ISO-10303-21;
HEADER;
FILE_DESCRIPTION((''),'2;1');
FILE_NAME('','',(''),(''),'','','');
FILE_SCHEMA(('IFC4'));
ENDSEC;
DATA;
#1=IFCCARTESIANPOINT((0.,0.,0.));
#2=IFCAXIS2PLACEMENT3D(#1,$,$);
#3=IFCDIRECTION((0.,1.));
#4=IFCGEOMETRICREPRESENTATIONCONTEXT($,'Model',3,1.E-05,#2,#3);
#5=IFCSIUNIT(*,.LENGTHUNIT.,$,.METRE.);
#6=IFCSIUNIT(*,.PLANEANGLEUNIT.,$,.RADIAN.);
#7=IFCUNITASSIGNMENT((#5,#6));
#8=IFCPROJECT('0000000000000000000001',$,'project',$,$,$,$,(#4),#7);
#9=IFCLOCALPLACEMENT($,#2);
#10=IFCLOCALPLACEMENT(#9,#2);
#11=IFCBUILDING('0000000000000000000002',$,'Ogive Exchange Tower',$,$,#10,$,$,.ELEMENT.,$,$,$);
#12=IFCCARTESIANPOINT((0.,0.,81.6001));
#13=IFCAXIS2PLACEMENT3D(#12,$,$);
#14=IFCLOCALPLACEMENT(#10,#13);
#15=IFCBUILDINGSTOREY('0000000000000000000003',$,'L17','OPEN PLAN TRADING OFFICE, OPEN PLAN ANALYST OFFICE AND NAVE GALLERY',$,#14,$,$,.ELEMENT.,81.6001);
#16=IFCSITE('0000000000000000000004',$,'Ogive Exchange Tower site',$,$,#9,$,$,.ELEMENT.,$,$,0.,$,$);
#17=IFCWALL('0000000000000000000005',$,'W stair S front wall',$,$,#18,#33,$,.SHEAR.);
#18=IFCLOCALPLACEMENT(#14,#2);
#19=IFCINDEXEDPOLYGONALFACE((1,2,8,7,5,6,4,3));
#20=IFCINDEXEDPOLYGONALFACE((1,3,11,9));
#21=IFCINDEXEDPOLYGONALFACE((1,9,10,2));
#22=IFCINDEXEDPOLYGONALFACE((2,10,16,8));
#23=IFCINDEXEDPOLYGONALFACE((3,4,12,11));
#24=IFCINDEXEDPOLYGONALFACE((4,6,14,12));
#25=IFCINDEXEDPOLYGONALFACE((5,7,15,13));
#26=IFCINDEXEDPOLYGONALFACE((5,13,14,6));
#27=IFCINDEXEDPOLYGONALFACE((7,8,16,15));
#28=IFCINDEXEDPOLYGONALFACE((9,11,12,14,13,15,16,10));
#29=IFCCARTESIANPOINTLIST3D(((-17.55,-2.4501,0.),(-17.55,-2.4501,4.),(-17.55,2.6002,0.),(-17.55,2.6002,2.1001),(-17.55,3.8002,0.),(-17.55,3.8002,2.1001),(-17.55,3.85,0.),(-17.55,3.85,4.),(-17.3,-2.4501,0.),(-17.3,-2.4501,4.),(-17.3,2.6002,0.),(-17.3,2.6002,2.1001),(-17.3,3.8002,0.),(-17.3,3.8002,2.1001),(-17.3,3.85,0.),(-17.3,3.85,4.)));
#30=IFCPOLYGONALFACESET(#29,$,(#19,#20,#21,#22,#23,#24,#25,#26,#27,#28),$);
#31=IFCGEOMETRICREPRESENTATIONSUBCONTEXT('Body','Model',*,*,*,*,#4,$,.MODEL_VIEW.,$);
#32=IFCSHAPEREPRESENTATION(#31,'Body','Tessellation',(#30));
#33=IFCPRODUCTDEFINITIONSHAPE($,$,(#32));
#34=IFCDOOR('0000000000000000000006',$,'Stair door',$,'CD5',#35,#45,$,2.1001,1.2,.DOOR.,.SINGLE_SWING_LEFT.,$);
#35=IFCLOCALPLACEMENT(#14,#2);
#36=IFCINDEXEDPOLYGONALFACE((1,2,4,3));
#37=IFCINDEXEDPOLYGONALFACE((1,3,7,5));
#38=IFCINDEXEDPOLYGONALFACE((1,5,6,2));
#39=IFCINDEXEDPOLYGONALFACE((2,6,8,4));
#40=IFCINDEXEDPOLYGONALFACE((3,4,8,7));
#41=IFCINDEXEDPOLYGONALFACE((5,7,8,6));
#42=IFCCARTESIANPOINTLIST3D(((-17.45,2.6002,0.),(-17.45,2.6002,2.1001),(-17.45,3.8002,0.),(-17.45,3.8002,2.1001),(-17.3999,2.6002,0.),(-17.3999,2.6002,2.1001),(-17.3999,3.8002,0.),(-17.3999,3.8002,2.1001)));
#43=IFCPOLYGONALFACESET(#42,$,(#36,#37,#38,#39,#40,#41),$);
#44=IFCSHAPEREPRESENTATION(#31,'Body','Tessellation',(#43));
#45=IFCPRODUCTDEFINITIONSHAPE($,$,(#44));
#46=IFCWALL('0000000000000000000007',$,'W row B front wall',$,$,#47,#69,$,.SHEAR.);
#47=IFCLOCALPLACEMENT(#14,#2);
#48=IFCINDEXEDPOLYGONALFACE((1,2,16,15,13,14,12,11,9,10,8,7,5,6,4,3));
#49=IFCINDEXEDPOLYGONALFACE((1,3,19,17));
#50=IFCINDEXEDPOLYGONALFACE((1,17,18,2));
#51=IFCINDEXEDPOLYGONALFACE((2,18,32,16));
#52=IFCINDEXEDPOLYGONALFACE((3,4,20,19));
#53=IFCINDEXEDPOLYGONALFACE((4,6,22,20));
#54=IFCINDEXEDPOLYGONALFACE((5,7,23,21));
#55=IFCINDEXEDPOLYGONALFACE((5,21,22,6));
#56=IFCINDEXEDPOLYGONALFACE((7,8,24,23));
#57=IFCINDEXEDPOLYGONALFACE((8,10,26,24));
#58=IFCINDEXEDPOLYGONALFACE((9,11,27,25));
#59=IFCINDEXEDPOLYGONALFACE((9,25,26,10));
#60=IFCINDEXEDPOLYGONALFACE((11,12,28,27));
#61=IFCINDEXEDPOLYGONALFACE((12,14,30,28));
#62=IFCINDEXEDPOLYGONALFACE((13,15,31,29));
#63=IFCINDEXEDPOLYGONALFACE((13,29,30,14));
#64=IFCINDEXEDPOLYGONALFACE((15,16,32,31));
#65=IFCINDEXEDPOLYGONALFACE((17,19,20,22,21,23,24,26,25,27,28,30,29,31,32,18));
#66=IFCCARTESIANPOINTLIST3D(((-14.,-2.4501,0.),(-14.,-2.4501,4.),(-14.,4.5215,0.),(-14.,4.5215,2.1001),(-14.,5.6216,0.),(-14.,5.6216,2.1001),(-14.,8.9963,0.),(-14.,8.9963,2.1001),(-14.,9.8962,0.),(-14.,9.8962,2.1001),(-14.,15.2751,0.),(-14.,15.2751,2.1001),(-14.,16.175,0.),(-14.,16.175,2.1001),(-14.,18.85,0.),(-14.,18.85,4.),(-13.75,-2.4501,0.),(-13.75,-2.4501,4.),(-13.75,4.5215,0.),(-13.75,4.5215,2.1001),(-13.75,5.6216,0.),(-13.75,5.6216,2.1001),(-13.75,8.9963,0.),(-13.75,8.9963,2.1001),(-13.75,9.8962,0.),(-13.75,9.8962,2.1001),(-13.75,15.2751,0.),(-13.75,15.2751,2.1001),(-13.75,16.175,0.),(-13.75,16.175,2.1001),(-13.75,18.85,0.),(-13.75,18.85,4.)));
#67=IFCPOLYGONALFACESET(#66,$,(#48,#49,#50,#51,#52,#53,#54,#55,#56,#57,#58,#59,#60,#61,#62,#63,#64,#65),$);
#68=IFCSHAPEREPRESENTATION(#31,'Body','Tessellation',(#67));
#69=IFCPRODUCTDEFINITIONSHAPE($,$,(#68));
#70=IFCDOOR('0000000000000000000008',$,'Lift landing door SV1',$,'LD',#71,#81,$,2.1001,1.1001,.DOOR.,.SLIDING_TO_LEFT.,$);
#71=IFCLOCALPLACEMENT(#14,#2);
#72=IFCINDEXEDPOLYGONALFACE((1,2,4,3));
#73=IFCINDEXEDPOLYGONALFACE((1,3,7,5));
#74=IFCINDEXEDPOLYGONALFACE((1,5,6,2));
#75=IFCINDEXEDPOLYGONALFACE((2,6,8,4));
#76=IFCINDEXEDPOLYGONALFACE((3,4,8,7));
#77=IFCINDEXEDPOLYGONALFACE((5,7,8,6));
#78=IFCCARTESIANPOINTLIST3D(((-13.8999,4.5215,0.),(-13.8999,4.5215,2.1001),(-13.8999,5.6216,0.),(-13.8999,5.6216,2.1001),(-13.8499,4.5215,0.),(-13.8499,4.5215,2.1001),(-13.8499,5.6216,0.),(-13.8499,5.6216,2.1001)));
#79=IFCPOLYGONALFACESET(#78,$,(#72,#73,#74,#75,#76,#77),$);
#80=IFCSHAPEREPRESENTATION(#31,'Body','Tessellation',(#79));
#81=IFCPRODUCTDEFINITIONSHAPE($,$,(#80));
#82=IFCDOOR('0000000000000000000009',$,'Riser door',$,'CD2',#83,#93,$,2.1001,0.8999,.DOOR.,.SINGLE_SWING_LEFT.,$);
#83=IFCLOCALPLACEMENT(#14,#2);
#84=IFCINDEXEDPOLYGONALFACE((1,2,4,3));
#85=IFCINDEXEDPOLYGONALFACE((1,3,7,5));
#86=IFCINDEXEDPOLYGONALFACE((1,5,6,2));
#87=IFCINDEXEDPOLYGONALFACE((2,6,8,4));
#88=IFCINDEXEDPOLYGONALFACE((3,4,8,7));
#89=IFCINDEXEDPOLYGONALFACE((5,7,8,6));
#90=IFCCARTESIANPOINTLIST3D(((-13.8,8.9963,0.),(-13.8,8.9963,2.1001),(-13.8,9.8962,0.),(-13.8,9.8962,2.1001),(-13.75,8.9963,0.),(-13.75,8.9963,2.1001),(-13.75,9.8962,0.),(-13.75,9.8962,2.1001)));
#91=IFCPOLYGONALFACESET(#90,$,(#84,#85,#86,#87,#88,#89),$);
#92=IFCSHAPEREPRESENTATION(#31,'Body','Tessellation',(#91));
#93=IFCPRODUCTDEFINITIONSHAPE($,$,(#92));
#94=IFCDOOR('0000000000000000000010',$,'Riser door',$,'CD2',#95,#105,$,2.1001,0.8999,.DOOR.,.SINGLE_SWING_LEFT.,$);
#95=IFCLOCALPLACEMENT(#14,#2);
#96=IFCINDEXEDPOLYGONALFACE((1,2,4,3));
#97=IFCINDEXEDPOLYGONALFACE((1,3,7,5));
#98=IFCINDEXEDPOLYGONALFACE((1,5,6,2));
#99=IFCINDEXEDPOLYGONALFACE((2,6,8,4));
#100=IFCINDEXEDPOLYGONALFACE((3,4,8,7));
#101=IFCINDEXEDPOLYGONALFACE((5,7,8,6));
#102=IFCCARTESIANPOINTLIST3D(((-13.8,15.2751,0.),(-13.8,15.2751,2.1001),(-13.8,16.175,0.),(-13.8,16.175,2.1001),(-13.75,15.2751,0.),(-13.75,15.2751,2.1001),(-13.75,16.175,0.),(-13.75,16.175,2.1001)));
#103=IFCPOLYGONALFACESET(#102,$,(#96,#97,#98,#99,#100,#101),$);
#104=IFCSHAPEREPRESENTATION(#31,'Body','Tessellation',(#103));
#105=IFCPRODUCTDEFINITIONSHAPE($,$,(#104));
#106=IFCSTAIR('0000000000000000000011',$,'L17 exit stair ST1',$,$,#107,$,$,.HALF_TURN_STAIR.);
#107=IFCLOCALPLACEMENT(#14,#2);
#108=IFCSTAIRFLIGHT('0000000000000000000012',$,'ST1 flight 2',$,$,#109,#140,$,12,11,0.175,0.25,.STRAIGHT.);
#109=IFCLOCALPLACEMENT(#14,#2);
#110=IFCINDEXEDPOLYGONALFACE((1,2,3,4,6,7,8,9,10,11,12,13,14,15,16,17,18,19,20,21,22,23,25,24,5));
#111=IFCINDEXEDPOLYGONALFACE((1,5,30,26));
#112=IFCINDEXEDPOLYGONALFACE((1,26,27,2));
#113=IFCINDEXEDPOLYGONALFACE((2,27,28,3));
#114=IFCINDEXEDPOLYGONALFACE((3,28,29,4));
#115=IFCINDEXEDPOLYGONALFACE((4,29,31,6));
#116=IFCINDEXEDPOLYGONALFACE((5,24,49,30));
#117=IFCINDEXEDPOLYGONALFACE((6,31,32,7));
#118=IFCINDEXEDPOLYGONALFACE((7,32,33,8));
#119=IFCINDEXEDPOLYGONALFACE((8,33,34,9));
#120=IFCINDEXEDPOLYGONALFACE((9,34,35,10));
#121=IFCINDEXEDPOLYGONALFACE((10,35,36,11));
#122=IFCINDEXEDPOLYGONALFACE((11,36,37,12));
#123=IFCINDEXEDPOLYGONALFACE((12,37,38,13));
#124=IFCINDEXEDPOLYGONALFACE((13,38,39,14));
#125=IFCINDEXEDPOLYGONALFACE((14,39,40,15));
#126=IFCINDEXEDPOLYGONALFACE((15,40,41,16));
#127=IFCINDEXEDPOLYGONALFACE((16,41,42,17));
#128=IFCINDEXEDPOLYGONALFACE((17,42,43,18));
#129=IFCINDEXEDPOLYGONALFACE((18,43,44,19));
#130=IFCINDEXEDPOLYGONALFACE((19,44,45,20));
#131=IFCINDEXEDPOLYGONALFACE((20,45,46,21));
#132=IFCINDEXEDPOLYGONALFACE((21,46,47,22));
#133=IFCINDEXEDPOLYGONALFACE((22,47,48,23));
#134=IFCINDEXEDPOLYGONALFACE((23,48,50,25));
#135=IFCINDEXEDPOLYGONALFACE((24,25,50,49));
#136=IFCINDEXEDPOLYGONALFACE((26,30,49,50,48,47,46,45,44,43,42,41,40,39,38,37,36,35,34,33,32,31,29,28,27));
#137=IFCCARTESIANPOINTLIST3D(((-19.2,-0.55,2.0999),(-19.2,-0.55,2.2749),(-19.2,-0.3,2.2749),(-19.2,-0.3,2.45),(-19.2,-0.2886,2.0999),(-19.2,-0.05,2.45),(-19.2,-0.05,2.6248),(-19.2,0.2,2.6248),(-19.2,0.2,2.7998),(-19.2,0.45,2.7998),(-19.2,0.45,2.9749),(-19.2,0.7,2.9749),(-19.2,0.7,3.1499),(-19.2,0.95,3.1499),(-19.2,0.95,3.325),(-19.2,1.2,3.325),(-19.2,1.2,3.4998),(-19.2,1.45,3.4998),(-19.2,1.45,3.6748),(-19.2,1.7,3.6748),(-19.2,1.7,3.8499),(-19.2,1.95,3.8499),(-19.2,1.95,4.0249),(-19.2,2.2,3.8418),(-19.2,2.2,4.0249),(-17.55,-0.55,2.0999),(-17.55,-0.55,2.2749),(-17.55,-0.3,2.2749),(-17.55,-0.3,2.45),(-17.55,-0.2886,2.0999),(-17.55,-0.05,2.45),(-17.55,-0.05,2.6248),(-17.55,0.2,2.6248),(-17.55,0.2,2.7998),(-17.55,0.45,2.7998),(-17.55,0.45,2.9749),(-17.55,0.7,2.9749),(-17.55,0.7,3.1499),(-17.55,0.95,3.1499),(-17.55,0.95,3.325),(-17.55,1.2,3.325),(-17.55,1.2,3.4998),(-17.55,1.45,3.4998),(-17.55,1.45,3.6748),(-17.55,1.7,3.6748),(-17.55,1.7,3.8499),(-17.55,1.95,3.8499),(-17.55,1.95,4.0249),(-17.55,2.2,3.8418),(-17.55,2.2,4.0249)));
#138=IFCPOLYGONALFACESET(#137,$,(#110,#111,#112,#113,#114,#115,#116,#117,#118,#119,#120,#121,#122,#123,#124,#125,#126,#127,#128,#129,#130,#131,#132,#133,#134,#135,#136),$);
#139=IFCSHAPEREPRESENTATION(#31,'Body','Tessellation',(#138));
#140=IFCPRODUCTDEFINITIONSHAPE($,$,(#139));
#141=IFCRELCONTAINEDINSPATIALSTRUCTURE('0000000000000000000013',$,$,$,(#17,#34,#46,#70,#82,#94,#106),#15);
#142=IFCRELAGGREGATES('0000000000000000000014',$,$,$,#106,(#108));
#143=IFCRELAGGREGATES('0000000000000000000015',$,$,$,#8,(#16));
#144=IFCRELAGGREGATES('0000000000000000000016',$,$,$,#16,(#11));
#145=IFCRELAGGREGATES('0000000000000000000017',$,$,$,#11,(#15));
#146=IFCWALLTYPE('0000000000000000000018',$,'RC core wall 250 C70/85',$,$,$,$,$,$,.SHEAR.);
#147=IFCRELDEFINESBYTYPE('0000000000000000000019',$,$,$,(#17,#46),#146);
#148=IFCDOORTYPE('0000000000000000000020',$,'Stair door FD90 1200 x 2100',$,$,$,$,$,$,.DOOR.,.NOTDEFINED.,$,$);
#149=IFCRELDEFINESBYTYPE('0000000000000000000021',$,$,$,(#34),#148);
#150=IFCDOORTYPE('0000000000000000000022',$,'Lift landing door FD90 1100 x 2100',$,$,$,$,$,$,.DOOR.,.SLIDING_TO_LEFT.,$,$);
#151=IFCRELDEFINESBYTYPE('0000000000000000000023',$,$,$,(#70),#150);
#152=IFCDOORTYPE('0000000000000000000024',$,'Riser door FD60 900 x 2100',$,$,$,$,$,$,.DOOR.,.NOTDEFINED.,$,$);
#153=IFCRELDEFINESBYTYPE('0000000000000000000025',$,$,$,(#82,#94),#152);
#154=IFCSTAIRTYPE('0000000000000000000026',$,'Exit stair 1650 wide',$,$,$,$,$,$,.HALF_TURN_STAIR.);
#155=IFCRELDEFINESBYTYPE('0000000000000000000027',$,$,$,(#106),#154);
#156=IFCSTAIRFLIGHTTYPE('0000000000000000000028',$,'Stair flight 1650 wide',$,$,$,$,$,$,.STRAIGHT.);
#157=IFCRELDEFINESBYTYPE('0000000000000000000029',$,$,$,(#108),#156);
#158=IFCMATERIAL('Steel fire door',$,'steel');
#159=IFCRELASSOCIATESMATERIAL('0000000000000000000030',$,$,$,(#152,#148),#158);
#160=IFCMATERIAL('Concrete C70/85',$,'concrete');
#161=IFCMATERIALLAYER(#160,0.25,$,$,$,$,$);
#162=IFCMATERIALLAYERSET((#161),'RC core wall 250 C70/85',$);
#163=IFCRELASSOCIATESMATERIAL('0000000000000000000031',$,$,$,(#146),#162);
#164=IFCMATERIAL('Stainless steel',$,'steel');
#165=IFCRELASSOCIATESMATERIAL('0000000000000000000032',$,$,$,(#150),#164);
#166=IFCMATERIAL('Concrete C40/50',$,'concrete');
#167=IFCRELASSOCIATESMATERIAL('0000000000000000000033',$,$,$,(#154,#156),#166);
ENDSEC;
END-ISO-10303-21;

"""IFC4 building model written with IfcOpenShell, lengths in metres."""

from ifc_helpers import new_model, si_unit, direction, frame, frame_2d, origin, place, context, subcontext, project, spatial, polyline, rectangle, outline, extrude, material, layer, layer_set, type_object, element, fill, aggregate, save


model = new_model("IFC4")

# Units and contexts
model_context = context("Model", 3, precision=1e-05, world=origin(), true_north=direction((0.0, 1.0)))
body_context = subcontext(model_context, "Body", "Model", "MODEL_VIEW")
ifc_project = project(units=[si_unit("LENGTHUNIT", "METRE"), si_unit("PLANEANGLEUNIT", "RADIAN")], contexts=[model_context])

# Site, building, storey
site_placement = place(None, origin())
site = spatial("IfcSite", under=ifc_project, at=site_placement, Name="Ogive Exchange Tower site", CompositionType="ELEMENT", RefElevation=0.0)
building_placement = place(site_placement, origin())
building = spatial("IfcBuilding", under=site, at=building_placement, Name="Ogive Exchange Tower", CompositionType="ELEMENT")
storey_placement = place(building_placement, frame((0.0, 0.0, 81.6001)))
storey = spatial("IfcBuildingStorey", under=building, at=storey_placement, Name="L17", Description="OPEN PLAN TRADING OFFICE, OPEN PLAN ANALYST OFFICE AND NAVE GALLERY", CompositionType="ELEMENT", Elevation=81.6001)

# Shared definitions
ifc_material_1 = material(Name="Concrete C70/85", Category="concrete")
ifc_material_2 = material(Name="Steel fire door", Category="steel")
door_type_1 = type_object("IfcDoorType", Name="Riser door FD60 900 x 2100", OperationType="NOTDEFINED", PredefinedType="DOOR", material=ifc_material_2)

# Wall, opening, door
ifc_layer_1 = layer(ifc_material_1, 0.25)
ifc_layer_set_1 = layer_set([ifc_layer_1], Name="RC core wall 250 C70/85")
wall_type_1 = type_object("IfcWallType", Name="RC core wall 250 C70/85", PredefinedType="SHEAR", material=ifc_layer_set_1)
wall_1_placement = place(storey_placement, frame((-17.425, -2.45, 0.0), z_axis=(0.0, 0.0, 1.0), x_axis=(0.0, 1.0, 0.0)))
wall_1 = element("IfcWall", 1, at=wall_1_placement, inside=storey, type_object=wall_type_1, Name="W stair S front wall", PredefinedType="SHEAR", context=body_context, shape_type="SweptSolid", body=[
    extrude(rectangle(XDim=6.3, YDim=0.25, at=frame_2d((3.1499, 0.0))), origin(), (0.0, 0.0, 1.0), 4.0),
])
opening_1_placement = place(wall_1_placement, frame((5.05, 0.0, 0.0)))
opening_1 = element("IfcOpeningElement", 2, at=opening_1_placement, cuts=wall_1, PredefinedType="OPENING", context=body_context, shape_type="SweptSolid", body=[
    extrude(rectangle(XDim=1.2, YDim=2.1001, at=frame_2d((0.6001, 1.05))), frame((0.0, 0.135, 0.0), z_axis=(0.0, -1.0, 0.0), x_axis=(1.0, 0.0, 0.0)), (0.0, 0.0, 1.0), 0.27),
])
door_type_2 = type_object("IfcDoorType", Name="Stair door FD90 1200 x 2100", OperationType="NOTDEFINED", PredefinedType="DOOR", material=ifc_material_2)
door_1_placement = place(opening_1_placement, origin())
door_1 = element("IfcDoor", 3, at=door_1_placement, inside=storey, type_object=door_type_2, Name="Stair door", ObjectType="CD5", OperationType="SINGLE_SWING_LEFT", OverallHeight=2.1001, OverallWidth=1.2, PredefinedType="DOOR", context=body_context, shape_type="SweptSolid", body=[
    extrude(rectangle(XDim=1.2, YDim=2.1001, at=frame_2d((0.6001, 1.05))), frame((0.0, 0.0249, 0.0), z_axis=(0.0, -1.0, 0.0), x_axis=(1.0, 0.0, 0.0)), (0.0, 0.0, 1.0), 0.05),
])
fill(opening_1, door_1)

# Wall, openings, doors
wall_2_placement = place(storey_placement, frame((-13.875, -2.45, 0.0), z_axis=(0.0, 0.0, 1.0), x_axis=(0.0, 1.0, 0.0)))
wall_2 = element("IfcWall", 4, at=wall_2_placement, inside=storey, type_object=wall_type_1, Name="W row B front wall", PredefinedType="SHEAR", context=body_context, shape_type="SweptSolid", body=[
    extrude(rectangle(XDim=21.3, YDim=0.25, at=frame_2d((10.6499, 0.0))), origin(), (0.0, 0.0, 1.0), 4.0),
])
opening_2_placement = place(wall_2_placement, frame((11.4463, 0.0, 0.0)))
opening_2 = element("IfcOpeningElement", 5, at=opening_2_placement, cuts=wall_2, PredefinedType="OPENING", context=body_context, shape_type="SweptSolid", body=[
    extrude(rectangle(XDim=0.8999, YDim=2.1001, at=frame_2d((0.45, 1.05))), frame((0.0, 0.135, 0.0), z_axis=(0.0, -1.0, 0.0), x_axis=(1.0, 0.0, 0.0)), (0.0, 0.0, 1.0), 0.27),
])
opening_3_placement = place(wall_2_placement, frame((17.7251, 0.0, 0.0)))
opening_3 = element("IfcOpeningElement", 6, at=opening_3_placement, cuts=wall_2, PredefinedType="OPENING", context=body_context, shape_type="SweptSolid", body=[
    extrude(rectangle(XDim=0.8999, YDim=2.1001, at=frame_2d((0.45, 1.05))), frame((0.0, 0.135, 0.0), z_axis=(0.0, -1.0, 0.0), x_axis=(1.0, 0.0, 0.0)), (0.0, 0.0, 1.0), 0.27),
])
opening_4_placement = place(wall_2_placement, frame((6.9714, 0.0, 0.0)))
opening_4 = element("IfcOpeningElement", 7, at=opening_4_placement, cuts=wall_2, PredefinedType="OPENING", context=body_context, shape_type="SweptSolid", body=[
    extrude(rectangle(XDim=1.1001, YDim=2.1001, at=frame_2d((0.55, 1.05))), frame((0.0, 0.135, 0.0), z_axis=(0.0, -1.0, 0.0), x_axis=(1.0, 0.0, 0.0)), (0.0, 0.0, 1.0), 0.27),
])
ifc_material_3 = material(Name="Stainless steel", Category="steel")
door_type_3 = type_object("IfcDoorType", Name="Lift landing door FD90 1100 x 2100", OperationType="SLIDING_TO_LEFT", PredefinedType="DOOR", material=ifc_material_3)
door_2_placement = place(opening_4_placement, origin())
door_2 = element("IfcDoor", 8, at=door_2_placement, inside=storey, type_object=door_type_3, Name="Lift landing door SV1", ObjectType="LD", OperationType="SLIDING_TO_LEFT", OverallHeight=2.1001, OverallWidth=1.1001, PredefinedType="DOOR", context=body_context, shape_type="SweptSolid", body=[
    extrude(rectangle(XDim=1.1001, YDim=2.1001, at=frame_2d((0.55, 1.05))), frame((0.0, 0.0249, 0.0), z_axis=(0.0, -1.0, 0.0), x_axis=(1.0, 0.0, 0.0)), (0.0, 0.0, 1.0), 0.05),
])
fill(opening_4, door_2)
door_3_placement = place(opening_2_placement, frame((0.8999, -0.2002, 0.0), z_axis=(0.0, 0.0, 1.0), x_axis=(-1.0, 0.0, 0.0)))
door_3 = element("IfcDoor", 9, at=door_3_placement, inside=storey, type_object=door_type_1, Name="Riser door", ObjectType="CD2", OperationType="SINGLE_SWING_LEFT", OverallHeight=2.1001, OverallWidth=0.8999, PredefinedType="DOOR", context=body_context, shape_type="SweptSolid", body=[
    extrude(rectangle(XDim=0.8999, YDim=2.1001, at=frame_2d((0.45, 1.05))), frame((0.0, -0.0752, 0.0), z_axis=(0.0, -1.0, 0.0), x_axis=(1.0, 0.0, 0.0)), (0.0, 0.0, 1.0), 0.05),
])
fill(opening_2, door_3)
door_4_placement = place(opening_3_placement, frame((0.8999, -0.2002, 0.0), z_axis=(0.0, 0.0, 1.0), x_axis=(-1.0, 0.0, 0.0)))
door_4 = element("IfcDoor", 10, at=door_4_placement, inside=storey, type_object=door_type_1, Name="Riser door", ObjectType="CD2", OperationType="SINGLE_SWING_LEFT", OverallHeight=2.1001, OverallWidth=0.8999, PredefinedType="DOOR", context=body_context, shape_type="SweptSolid", body=[
    extrude(rectangle(XDim=0.8999, YDim=2.1001, at=frame_2d((0.45, 1.05))), frame((0.0, -0.0752, 0.0), z_axis=(0.0, -1.0, 0.0), x_axis=(1.0, 0.0, 0.0)), (0.0, 0.0, 1.0), 0.05),
])
fill(opening_3, door_4)

# Stair, stair flight
ifc_material_4 = material(Name="Concrete C40/50", Category="concrete")
stair_type = type_object("IfcStairType", Name="Exit stair 1650 wide", PredefinedType="HALF_TURN_STAIR", material=ifc_material_4)
stair_placement = place(storey_placement, origin())
stair = element("IfcStair", 11, at=stair_placement, inside=storey, type_object=stair_type, Name="L17 exit stair ST1", PredefinedType="HALF_TURN_STAIR")
stair_flight_type = type_object("IfcStairFlightType", Name="Stair flight 1650 wide", PredefinedType="STRAIGHT", material=ifc_material_4)
stair_flight_placement = place(storey_placement, frame((-18.375, -0.55, 2.0999), z_axis=(0.0, 0.0, 1.0), x_axis=(0.0, 1.0, 0.0)))
stair_flight = element("IfcStairFlight", 12, at=stair_flight_placement, type_object=stair_flight_type, Name="ST1 flight 2", NumberOfRisers=12, NumberOfTreads=11, PredefinedType="STRAIGHT", RiserHeight=0.175, TreadLength=0.25, context=body_context, shape_type="SweptSolid", body=[
    extrude(outline(polyline([(0.0, 0.0), (0.0, 0.175), (0.25, 0.175), (0.25, 0.3501), (0.5, 0.3501), (0.5, 0.5249), (0.75, 0.5249), (0.75, 0.7), (1.0, 0.7), (1.0, 0.875), (1.25, 0.875), (1.25, 1.05), (1.5, 1.05), (1.5, 1.2251), (1.75, 1.2251), (1.75, 1.3999), (2.0, 1.3999), (2.0, 1.575), (2.25, 1.575), (2.25, 1.75), (2.5, 1.75), (2.5, 1.925), (2.75, 1.925), (2.75, 2.1001), (2.75, 1.7419), (0.2615, 0.0), (0.0, 0.0)])), frame((0.0, 0.825, 0.0), z_axis=(0.0, -1.0, 0.0), x_axis=(1.0, 0.0, 0.0)), (0.0, 0.0, 1.0), 1.6499),
])
aggregate(stair, [stair_flight])

save(model, "model.ifc")
